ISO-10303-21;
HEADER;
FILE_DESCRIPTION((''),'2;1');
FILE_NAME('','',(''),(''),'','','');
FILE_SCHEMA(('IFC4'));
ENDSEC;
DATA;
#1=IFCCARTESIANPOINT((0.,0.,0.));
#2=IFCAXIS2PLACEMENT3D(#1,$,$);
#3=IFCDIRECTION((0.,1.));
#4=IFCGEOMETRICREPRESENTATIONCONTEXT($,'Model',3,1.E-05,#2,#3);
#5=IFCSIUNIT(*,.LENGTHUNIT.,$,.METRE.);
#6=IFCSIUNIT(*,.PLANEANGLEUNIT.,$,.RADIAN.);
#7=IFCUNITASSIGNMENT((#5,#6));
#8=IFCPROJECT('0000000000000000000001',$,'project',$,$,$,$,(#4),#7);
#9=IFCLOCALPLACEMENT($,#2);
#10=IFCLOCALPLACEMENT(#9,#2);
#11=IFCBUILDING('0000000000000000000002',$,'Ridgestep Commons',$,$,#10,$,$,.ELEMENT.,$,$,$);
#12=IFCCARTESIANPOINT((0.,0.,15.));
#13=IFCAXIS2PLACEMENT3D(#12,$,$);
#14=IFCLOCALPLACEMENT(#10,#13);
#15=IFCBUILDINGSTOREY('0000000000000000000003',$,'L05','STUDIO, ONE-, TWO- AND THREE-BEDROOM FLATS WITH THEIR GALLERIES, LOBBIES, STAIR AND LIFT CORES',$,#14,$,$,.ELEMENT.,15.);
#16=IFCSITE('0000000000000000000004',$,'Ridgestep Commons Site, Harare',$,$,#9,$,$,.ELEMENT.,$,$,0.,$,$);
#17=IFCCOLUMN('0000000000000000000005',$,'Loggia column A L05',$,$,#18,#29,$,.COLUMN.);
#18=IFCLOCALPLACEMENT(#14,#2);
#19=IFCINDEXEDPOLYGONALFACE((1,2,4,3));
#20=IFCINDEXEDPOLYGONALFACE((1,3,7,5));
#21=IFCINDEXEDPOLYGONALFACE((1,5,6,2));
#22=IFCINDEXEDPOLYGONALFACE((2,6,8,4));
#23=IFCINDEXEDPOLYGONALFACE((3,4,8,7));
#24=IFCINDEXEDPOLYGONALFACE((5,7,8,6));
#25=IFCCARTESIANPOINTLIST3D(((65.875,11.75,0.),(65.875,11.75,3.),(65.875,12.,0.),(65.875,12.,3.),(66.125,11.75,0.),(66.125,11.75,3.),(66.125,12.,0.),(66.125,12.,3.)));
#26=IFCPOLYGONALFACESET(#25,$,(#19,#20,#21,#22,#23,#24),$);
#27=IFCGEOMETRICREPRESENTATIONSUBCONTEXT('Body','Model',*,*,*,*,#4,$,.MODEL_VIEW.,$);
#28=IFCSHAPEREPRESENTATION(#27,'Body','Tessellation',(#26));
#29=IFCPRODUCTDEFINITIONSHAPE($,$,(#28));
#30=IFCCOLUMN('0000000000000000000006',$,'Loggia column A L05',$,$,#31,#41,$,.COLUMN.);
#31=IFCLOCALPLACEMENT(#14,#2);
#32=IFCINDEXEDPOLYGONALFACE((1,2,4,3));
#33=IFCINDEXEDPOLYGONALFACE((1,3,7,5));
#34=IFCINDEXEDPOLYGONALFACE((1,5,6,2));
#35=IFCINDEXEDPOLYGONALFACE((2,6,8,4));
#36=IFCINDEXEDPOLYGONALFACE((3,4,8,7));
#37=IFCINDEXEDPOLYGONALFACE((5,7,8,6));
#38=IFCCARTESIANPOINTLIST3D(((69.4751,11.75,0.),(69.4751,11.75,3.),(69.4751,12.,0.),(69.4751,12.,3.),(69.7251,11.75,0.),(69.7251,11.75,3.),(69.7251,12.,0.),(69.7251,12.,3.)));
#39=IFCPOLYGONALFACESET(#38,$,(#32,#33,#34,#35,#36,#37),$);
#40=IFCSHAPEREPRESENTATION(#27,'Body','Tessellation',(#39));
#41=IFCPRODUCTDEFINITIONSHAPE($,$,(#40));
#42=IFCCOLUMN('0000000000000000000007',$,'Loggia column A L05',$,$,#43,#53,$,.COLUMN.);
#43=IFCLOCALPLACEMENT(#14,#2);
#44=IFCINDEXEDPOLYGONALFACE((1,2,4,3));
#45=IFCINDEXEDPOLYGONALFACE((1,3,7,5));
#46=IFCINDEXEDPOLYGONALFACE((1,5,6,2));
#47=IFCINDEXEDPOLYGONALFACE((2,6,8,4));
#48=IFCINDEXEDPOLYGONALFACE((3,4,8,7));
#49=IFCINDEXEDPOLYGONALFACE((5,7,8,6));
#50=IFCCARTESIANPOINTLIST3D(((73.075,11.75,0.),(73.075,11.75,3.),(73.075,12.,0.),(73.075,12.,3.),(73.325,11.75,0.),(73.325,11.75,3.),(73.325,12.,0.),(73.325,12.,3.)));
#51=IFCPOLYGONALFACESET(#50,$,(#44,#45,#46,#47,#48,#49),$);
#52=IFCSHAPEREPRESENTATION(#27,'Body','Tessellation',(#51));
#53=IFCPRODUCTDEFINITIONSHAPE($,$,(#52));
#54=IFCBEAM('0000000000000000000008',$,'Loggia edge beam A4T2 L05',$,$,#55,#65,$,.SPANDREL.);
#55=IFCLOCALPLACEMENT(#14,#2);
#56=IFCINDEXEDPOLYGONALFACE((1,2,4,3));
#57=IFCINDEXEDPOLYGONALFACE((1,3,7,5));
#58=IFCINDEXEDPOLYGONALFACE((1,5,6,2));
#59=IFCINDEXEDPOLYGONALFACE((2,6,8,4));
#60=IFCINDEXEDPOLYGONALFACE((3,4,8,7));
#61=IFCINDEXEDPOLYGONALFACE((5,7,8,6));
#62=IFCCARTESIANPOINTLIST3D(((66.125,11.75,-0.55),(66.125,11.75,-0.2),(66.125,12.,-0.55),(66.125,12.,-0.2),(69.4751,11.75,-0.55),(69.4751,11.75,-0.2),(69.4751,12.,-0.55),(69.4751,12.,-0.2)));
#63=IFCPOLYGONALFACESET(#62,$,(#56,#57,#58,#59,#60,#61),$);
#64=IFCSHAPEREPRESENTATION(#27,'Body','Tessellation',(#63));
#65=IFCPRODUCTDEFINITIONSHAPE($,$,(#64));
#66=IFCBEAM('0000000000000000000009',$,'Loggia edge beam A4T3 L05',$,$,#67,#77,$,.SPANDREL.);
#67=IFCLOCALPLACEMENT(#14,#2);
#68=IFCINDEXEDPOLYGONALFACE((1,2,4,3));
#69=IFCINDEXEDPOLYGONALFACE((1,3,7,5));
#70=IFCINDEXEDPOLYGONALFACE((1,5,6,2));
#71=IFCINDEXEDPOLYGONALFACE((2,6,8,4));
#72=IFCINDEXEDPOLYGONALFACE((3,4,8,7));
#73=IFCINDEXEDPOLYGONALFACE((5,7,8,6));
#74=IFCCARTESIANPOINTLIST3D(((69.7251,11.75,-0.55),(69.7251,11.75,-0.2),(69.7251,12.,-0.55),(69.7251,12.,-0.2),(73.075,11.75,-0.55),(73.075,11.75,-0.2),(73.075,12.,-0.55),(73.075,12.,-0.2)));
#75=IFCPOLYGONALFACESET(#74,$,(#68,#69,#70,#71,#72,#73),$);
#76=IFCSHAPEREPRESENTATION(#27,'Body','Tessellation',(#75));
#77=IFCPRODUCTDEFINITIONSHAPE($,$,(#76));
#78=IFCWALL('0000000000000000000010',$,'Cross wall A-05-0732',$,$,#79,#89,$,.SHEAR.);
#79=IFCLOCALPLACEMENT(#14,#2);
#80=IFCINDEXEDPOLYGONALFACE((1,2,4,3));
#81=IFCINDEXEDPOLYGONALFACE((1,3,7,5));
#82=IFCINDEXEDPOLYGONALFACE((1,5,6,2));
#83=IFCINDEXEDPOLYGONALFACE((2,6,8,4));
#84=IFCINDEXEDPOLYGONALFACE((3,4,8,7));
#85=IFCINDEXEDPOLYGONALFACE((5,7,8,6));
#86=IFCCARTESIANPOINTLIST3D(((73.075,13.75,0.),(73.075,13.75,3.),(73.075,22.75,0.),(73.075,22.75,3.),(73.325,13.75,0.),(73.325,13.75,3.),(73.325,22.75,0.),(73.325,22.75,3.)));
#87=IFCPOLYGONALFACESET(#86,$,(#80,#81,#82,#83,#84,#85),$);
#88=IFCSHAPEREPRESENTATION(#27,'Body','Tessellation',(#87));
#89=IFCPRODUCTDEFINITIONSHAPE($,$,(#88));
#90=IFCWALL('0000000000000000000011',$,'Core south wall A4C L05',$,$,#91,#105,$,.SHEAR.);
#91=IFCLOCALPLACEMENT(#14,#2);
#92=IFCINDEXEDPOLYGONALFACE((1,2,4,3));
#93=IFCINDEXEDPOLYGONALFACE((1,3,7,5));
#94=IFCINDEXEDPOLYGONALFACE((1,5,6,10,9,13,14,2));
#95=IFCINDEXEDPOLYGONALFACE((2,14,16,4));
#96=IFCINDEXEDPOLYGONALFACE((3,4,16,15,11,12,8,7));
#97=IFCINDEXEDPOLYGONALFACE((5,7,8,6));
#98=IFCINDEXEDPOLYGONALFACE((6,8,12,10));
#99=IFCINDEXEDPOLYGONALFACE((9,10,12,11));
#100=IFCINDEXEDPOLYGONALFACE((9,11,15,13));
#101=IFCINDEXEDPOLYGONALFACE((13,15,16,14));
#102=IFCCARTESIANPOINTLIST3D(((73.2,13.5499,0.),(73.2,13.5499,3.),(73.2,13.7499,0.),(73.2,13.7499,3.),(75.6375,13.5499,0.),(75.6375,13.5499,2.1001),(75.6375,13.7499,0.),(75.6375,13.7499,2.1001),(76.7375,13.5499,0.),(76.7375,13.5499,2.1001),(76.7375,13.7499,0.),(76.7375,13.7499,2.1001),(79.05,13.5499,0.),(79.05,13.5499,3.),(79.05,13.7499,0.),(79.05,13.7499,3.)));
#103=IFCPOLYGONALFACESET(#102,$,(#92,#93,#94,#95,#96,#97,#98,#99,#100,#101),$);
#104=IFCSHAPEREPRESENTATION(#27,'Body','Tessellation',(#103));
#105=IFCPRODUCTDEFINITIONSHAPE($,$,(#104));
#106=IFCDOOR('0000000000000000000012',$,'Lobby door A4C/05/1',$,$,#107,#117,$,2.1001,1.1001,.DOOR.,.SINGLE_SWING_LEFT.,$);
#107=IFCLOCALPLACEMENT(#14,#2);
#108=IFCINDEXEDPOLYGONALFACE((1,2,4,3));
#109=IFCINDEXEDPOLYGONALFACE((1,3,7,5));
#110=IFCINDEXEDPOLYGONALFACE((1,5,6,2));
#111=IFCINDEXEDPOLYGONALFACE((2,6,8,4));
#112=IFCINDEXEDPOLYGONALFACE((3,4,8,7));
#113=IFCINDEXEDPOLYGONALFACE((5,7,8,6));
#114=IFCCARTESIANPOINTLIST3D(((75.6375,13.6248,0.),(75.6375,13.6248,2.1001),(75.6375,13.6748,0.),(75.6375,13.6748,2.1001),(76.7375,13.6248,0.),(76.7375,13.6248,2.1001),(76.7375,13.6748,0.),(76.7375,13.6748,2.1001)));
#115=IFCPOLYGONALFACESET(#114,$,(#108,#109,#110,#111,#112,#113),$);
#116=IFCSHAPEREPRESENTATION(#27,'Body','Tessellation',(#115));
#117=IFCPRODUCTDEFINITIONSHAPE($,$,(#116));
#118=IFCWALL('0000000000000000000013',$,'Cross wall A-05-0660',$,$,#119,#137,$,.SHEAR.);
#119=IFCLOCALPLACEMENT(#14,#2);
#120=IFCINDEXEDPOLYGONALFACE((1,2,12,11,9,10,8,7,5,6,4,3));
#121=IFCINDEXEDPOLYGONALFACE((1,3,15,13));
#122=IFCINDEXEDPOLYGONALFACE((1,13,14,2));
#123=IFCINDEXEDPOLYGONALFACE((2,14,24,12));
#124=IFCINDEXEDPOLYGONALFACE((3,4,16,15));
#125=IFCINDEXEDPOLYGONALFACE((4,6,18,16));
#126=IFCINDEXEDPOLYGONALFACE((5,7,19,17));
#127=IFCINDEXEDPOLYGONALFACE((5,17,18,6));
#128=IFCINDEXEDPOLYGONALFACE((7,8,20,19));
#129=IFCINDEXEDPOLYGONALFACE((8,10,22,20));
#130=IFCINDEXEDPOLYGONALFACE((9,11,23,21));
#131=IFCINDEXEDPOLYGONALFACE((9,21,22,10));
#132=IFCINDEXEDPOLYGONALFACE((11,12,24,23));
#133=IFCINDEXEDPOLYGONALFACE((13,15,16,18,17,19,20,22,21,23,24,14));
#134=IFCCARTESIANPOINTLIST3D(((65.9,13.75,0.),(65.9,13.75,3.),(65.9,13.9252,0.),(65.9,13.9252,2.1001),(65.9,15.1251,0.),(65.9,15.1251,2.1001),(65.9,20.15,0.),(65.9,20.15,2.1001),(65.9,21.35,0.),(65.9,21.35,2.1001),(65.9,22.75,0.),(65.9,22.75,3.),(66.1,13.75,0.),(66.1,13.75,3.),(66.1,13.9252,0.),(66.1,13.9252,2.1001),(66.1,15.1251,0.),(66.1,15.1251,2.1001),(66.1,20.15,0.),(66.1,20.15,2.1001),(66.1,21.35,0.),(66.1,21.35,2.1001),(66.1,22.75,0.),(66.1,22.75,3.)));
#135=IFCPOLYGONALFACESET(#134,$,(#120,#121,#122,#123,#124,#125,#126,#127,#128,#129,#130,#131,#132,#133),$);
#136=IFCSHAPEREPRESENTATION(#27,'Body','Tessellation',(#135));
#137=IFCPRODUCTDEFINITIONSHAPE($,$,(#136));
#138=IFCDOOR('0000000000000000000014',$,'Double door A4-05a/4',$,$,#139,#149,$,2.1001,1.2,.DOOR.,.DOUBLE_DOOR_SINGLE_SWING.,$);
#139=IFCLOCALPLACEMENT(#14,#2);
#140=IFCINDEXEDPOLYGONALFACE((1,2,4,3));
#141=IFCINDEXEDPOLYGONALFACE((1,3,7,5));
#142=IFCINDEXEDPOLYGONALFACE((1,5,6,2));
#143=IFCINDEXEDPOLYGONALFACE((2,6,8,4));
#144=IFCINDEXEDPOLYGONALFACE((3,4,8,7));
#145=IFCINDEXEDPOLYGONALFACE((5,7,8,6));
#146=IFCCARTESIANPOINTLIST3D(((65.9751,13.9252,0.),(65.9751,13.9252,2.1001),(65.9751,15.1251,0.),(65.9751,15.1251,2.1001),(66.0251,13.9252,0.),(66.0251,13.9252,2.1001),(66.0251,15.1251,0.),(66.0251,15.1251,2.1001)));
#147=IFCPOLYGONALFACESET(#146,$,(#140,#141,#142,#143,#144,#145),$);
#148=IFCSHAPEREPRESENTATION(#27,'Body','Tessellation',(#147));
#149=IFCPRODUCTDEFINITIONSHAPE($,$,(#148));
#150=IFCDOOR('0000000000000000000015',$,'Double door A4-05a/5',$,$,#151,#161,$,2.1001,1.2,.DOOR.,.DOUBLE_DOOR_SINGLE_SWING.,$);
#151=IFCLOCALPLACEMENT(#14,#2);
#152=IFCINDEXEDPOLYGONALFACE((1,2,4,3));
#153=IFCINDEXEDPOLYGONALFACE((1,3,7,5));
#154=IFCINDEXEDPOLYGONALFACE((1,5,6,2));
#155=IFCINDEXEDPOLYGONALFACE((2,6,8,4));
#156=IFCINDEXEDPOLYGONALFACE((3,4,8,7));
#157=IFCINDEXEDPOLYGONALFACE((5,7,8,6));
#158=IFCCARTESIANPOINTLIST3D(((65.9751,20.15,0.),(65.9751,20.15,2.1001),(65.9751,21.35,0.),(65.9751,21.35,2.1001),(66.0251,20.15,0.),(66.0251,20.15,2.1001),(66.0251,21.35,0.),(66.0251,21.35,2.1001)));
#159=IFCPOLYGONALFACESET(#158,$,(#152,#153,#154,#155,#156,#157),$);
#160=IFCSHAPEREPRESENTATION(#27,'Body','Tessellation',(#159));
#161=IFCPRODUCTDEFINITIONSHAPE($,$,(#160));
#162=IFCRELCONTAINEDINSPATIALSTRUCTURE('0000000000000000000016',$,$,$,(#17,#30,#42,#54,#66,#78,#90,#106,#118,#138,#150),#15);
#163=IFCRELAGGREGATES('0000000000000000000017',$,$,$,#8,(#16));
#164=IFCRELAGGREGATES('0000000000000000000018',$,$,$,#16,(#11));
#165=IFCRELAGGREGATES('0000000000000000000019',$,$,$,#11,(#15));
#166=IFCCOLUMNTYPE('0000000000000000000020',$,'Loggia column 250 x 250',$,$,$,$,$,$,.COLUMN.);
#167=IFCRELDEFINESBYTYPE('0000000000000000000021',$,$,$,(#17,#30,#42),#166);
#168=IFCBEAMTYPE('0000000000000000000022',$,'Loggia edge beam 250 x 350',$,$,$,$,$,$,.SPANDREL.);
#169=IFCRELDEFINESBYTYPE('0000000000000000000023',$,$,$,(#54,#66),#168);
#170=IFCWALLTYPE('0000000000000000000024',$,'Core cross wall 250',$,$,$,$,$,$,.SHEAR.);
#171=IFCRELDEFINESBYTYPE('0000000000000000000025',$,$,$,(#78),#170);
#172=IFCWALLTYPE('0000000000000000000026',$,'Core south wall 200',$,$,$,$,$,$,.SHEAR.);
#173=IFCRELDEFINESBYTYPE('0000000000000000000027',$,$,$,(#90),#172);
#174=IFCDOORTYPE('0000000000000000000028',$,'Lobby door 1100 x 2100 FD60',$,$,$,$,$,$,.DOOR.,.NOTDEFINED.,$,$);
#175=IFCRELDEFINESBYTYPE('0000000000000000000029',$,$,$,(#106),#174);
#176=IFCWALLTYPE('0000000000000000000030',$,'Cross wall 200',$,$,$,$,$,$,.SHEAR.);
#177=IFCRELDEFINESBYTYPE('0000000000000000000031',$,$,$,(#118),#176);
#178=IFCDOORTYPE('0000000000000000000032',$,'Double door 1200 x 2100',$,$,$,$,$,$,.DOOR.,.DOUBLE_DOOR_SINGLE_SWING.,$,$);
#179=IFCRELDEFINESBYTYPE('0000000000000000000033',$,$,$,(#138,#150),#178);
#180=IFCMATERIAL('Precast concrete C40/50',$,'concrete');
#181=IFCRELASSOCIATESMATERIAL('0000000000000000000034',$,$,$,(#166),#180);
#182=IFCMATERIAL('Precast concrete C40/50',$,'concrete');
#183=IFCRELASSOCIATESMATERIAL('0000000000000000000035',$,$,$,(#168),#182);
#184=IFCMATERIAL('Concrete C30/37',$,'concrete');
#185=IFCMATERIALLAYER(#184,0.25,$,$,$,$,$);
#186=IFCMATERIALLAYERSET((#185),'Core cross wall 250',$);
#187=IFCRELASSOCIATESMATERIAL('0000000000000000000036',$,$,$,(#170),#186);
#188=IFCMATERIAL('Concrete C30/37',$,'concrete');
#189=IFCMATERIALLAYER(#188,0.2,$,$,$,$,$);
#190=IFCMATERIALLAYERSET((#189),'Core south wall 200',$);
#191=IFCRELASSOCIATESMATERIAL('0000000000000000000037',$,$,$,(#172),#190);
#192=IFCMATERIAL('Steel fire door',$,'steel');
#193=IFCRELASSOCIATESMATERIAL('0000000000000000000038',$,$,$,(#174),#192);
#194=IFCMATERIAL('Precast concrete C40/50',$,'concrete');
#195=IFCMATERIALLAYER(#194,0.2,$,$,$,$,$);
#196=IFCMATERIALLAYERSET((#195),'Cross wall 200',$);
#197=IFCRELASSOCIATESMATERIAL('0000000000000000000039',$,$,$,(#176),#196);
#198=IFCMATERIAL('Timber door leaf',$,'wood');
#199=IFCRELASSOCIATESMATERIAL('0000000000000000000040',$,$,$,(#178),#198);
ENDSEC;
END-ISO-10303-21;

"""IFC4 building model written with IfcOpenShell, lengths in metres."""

from ifc_helpers import new_model, si_unit, direction, frame, frame_2d, origin, origin_2d, place, context, subcontext, project, spatial, rectangle, extrude, material, layer, layer_set, material_profile, profile_set, type_object, element, fill, save


model = new_model("IFC4")

# Units and contexts
model_context = context("Model", 3, precision=1e-05, world=origin(), true_north=direction((0.0, 1.0)))
body_context = subcontext(model_context, "Body", "Model", "MODEL_VIEW")
ifc_project = project(units=[si_unit("LENGTHUNIT", "METRE"), si_unit("PLANEANGLEUNIT", "RADIAN")], contexts=[model_context])

# Site, building, storey
site_placement = place(None, origin())
site = spatial("IfcSite", under=ifc_project, at=site_placement, Name="Ridgestep Commons Site, Harare", CompositionType="ELEMENT", RefElevation=0.0)
building_placement = place(site_placement, origin())
building = spatial("IfcBuilding", under=site, at=building_placement, Name="Ridgestep Commons", CompositionType="ELEMENT")
storey_placement = place(building_placement, frame((0.0, 0.0, 15.0)))
storey = spatial("IfcBuildingStorey", under=building, at=storey_placement, Name="L05", Description="STUDIO, ONE-, TWO- AND THREE-BEDROOM FLATS WITH THEIR GALLERIES, LOBBIES, STAIR AND LIFT CORES", CompositionType="ELEMENT", Elevation=15.0)

# Columns
ifc_material_1 = material(Name="Precast concrete C40/50", Category="concrete")
ifc_material_profile_1 = material_profile(ifc_material_1, rectangle(XDim=0.25, YDim=0.25, at=origin_2d()), Name="PC 250x250")
ifc_profile_set_1 = profile_set([ifc_material_profile_1], Name="Precast concrete C40/50")
column_type = type_object("IfcColumnType", Name="Loggia column 250 x 250", PredefinedType="COLUMN", material=ifc_profile_set_1)
for number, where, z_axis, x_axis, name in (
    (1, (66.0, 11.875, 0.0), (0.0, 0.0, 1.0), (1.0, 0.0, 0.0), "Loggia column A L05"),
    (2, (69.6001, 11.875, 0.0), (0.0, 0.0, 1.0), (1.0, 0.0, 0.0), "Loggia column A L05"),
    (3, (73.2, 11.875, 0.0), (0.0, 0.0, 1.0), (1.0, 0.0, 0.0), "Loggia column A L05"),
):
    element("IfcColumn", number, at=place(storey_placement, frame(where, z_axis=z_axis, x_axis=x_axis)), inside=storey, type_object=column_type, Name=name, PredefinedType="COLUMN", context=body_context, shape_type="SweptSolid", body=[
        extrude(rectangle(XDim=0.25, YDim=0.25, at=origin_2d()), origin(), (0.0, 0.0, 1.0), 3.0),
    ])

# Beams
ifc_material_2 = material(Name="Precast concrete C40/50", Category="concrete")
ifc_material_profile_2 = material_profile(ifc_material_2, rectangle(XDim=0.25, YDim=0.3501, at=origin_2d()), Name="PC 250x350")
ifc_profile_set_2 = profile_set([ifc_material_profile_2], Name="Precast concrete C40/50")
beam_type = type_object("IfcBeamType", Name="Loggia edge beam 250 x 350", PredefinedType="SPANDREL", material=ifc_profile_set_2)
beam_1_placement = place(storey_placement, frame((66.125, 11.875, -0.375), z_axis=(1.0, 0.0, 0.0), x_axis=(0.0, 1.0, 0.0)))
element("IfcBeam", 4, at=beam_1_placement, inside=storey, type_object=beam_type, Name="Loggia edge beam A4T2 L05", PredefinedType="SPANDREL", context=body_context, shape_type="SweptSolid", body=[
    extrude(rectangle(XDim=0.25, YDim=0.3501, at=origin_2d()), origin(), (0.0, 0.0, 1.0), 3.3501),
])
beam_2_placement = place(storey_placement, frame((69.7251, 11.875, -0.375), z_axis=(1.0, 0.0, 0.0), x_axis=(0.0, 1.0, 0.0)))
element("IfcBeam", 5, at=beam_2_placement, inside=storey, type_object=beam_type, Name="Loggia edge beam A4T3 L05", PredefinedType="SPANDREL", context=body_context, shape_type="SweptSolid", body=[
    extrude(rectangle(XDim=0.25, YDim=0.3501, at=origin_2d()), origin(), (0.0, 0.0, 1.0), 3.3499),
])

# Wall
ifc_material_3 = material(Name="Concrete C30/37", Category="concrete")
ifc_layer_1 = layer(ifc_material_3, 0.25)
ifc_layer_set_1 = layer_set([ifc_layer_1], Name="Core cross wall 250")
wall_type_1 = type_object("IfcWallType", Name="Core cross wall 250", PredefinedType="SHEAR", material=ifc_layer_set_1)
wall_1_placement = place(storey_placement, frame((73.2, 13.75, 0.0), z_axis=(0.0, 0.0, 1.0), x_axis=(0.0, 1.0, 0.0)))
element("IfcWall", 6, at=wall_1_placement, inside=storey, type_object=wall_type_1, Name="Cross wall A-05-0732", PredefinedType="SHEAR", context=body_context, shape_type="SweptSolid", body=[
    extrude(rectangle(XDim=9.0, YDim=0.25, at=frame_2d((4.5, 0.0))), origin(), (0.0, 0.0, 1.0), 3.0),
])

# Wall, opening, door
ifc_material_4 = material(Name="Concrete C30/37", Category="concrete")
ifc_layer_2 = layer(ifc_material_4, 0.2)
ifc_layer_set_2 = layer_set([ifc_layer_2], Name="Core south wall 200")
wall_type_2 = type_object("IfcWallType", Name="Core south wall 200", PredefinedType="SHEAR", material=ifc_layer_set_2)
wall_2_placement = place(storey_placement, frame((73.2, 13.6499, 0.0), z_axis=(0.0, 0.0, 1.0), x_axis=(1.0, 0.0, 0.0)))
wall_2 = element("IfcWall", 7, at=wall_2_placement, inside=storey, type_object=wall_type_2, Name="Core south wall A4C L05", PredefinedType="SHEAR", context=body_context, shape_type="SweptSolid", body=[
    extrude(rectangle(XDim=5.8501, YDim=0.2, at=frame_2d((2.925, 0.0))), origin(), (0.0, 0.0, 1.0), 3.0),
])
opening_1_placement = place(wall_2_placement, frame((2.4375, 0.0, 0.0)))
opening_1 = element("IfcOpeningElement", 8, at=opening_1_placement, cuts=wall_2, PredefinedType="OPENING", context=body_context, shape_type="SweptSolid", body=[
    extrude(rectangle(XDim=1.1001, YDim=2.1001, at=frame_2d((0.55, 1.05))), frame((0.0, 0.1099, 0.0), z_axis=(0.0, -1.0, 0.0), x_axis=(1.0, 0.0, 0.0)), (0.0, 0.0, 1.0), 0.22),
])
ifc_material_5 = material(Name="Steel fire door", Category="steel")
door_type_1 = type_object("IfcDoorType", Name="Lobby door 1100 x 2100 FD60", OperationType="NOTDEFINED", PredefinedType="DOOR", material=ifc_material_5)
door_1_placement = place(opening_1_placement, origin())
door_1 = element("IfcDoor", 9, at=door_1_placement, inside=storey, type_object=door_type_1, Name="Lobby door A4C/05/1", OperationType="SINGLE_SWING_LEFT", OverallHeight=2.1001, OverallWidth=1.1001, PredefinedType="DOOR", context=body_context, shape_type="SweptSolid", body=[
    extrude(rectangle(XDim=1.1001, YDim=2.1001, at=frame_2d((0.55, 1.05))), frame((0.0, 0.0249, 0.0), z_axis=(0.0, -1.0, 0.0), x_axis=(1.0, 0.0, 0.0)), (0.0, 0.0, 1.0), 0.05),
])
fill(opening_1, door_1)

# Wall, openings, doors
ifc_material_6 = material(Name="Precast concrete C40/50", Category="concrete")
ifc_layer_3 = layer(ifc_material_6, 0.2)
ifc_layer_set_3 = layer_set([ifc_layer_3], Name="Cross wall 200")
wall_type_3 = type_object("IfcWallType", Name="Cross wall 200", PredefinedType="SHEAR", material=ifc_layer_set_3)
wall_3_placement = place(storey_placement, frame((66.0, 13.75, 0.0), z_axis=(0.0, 0.0, 1.0), x_axis=(0.0, 1.0, 0.0)))
wall_3 = element("IfcWall", 10, at=wall_3_placement, inside=storey, type_object=wall_type_3, Name="Cross wall A-05-0660", PredefinedType="SHEAR", context=body_context, shape_type="SweptSolid", body=[
    extrude(rectangle(XDim=9.0, YDim=0.2, at=frame_2d((4.5, 0.0))), origin(), (0.0, 0.0, 1.0), 3.0),
])
opening_2_placement = place(wall_3_placement, frame((0.175, 0.0, 0.0)))
opening_2 = element("IfcOpeningElement", 11, at=opening_2_placement, cuts=wall_3, PredefinedType="OPENING", context=body_context, shape_type="SweptSolid", body=[
    extrude(rectangle(XDim=1.2, YDim=2.1001, at=frame_2d((0.6001, 1.05))), frame((0.0, 0.1099, 0.0), z_axis=(0.0, -1.0, 0.0), x_axis=(1.0, 0.0, 0.0)), (0.0, 0.0, 1.0), 0.22),
])
opening_3_placement = place(wall_3_placement, frame((6.3999, 0.0, 0.0)))
opening_3 = element("IfcOpeningElement", 12, at=opening_3_placement, cuts=wall_3, PredefinedType="OPENING", context=body_context, shape_type="SweptSolid", body=[
    extrude(rectangle(XDim=1.2, YDim=2.1001, at=frame_2d((0.6001, 1.05))), frame((0.0, 0.1099, 0.0), z_axis=(0.0, -1.0, 0.0), x_axis=(1.0, 0.0, 0.0)), (0.0, 0.0, 1.0), 0.22),
])
ifc_material_7 = material(Name="Timber door leaf", Category="wood")
door_type_2 = type_object("IfcDoorType", Name="Double door 1200 x 2100", OperationType="DOUBLE_DOOR_SINGLE_SWING", PredefinedType="DOOR", material=ifc_material_7)
door_2_placement = place(opening_2_placement, origin())
door_2 = element("IfcDoor", 13, at=door_2_placement, inside=storey, type_object=door_type_2, Name="Double door A4-05a/4", OperationType="DOUBLE_DOOR_SINGLE_SWING", OverallHeight=2.1001, OverallWidth=1.2, PredefinedType="DOOR", context=body_context, shape_type="SweptSolid", body=[
    extrude(rectangle(XDim=1.2, YDim=2.1001, at=frame_2d((0.6001, 1.05))), frame((0.0, 0.0249, 0.0), z_axis=(0.0, -1.0, 0.0), x_axis=(1.0, 0.0, 0.0)), (0.0, 0.0, 1.0), 0.05),
])
fill(opening_2, door_2)
door_3_placement = place(opening_3_placement, origin())
door_3 = element("IfcDoor", 14, at=door_3_placement, inside=storey, type_object=door_type_2, Name="Double door A4-05a/5", OperationType="DOUBLE_DOOR_SINGLE_SWING", OverallHeight=2.1001, OverallWidth=1.2, PredefinedType="DOOR", context=body_context, shape_type="SweptSolid", body=[
    extrude(rectangle(XDim=1.2, YDim=2.1001, at=frame_2d((0.6001, 1.05))), frame((0.0, 0.0249, 0.0), z_axis=(0.0, -1.0, 0.0), x_axis=(1.0, 0.0, 0.0)), (0.0, 0.0, 1.0), 0.05),
])
fill(opening_3, door_3)

save(model, "model.ifc")
